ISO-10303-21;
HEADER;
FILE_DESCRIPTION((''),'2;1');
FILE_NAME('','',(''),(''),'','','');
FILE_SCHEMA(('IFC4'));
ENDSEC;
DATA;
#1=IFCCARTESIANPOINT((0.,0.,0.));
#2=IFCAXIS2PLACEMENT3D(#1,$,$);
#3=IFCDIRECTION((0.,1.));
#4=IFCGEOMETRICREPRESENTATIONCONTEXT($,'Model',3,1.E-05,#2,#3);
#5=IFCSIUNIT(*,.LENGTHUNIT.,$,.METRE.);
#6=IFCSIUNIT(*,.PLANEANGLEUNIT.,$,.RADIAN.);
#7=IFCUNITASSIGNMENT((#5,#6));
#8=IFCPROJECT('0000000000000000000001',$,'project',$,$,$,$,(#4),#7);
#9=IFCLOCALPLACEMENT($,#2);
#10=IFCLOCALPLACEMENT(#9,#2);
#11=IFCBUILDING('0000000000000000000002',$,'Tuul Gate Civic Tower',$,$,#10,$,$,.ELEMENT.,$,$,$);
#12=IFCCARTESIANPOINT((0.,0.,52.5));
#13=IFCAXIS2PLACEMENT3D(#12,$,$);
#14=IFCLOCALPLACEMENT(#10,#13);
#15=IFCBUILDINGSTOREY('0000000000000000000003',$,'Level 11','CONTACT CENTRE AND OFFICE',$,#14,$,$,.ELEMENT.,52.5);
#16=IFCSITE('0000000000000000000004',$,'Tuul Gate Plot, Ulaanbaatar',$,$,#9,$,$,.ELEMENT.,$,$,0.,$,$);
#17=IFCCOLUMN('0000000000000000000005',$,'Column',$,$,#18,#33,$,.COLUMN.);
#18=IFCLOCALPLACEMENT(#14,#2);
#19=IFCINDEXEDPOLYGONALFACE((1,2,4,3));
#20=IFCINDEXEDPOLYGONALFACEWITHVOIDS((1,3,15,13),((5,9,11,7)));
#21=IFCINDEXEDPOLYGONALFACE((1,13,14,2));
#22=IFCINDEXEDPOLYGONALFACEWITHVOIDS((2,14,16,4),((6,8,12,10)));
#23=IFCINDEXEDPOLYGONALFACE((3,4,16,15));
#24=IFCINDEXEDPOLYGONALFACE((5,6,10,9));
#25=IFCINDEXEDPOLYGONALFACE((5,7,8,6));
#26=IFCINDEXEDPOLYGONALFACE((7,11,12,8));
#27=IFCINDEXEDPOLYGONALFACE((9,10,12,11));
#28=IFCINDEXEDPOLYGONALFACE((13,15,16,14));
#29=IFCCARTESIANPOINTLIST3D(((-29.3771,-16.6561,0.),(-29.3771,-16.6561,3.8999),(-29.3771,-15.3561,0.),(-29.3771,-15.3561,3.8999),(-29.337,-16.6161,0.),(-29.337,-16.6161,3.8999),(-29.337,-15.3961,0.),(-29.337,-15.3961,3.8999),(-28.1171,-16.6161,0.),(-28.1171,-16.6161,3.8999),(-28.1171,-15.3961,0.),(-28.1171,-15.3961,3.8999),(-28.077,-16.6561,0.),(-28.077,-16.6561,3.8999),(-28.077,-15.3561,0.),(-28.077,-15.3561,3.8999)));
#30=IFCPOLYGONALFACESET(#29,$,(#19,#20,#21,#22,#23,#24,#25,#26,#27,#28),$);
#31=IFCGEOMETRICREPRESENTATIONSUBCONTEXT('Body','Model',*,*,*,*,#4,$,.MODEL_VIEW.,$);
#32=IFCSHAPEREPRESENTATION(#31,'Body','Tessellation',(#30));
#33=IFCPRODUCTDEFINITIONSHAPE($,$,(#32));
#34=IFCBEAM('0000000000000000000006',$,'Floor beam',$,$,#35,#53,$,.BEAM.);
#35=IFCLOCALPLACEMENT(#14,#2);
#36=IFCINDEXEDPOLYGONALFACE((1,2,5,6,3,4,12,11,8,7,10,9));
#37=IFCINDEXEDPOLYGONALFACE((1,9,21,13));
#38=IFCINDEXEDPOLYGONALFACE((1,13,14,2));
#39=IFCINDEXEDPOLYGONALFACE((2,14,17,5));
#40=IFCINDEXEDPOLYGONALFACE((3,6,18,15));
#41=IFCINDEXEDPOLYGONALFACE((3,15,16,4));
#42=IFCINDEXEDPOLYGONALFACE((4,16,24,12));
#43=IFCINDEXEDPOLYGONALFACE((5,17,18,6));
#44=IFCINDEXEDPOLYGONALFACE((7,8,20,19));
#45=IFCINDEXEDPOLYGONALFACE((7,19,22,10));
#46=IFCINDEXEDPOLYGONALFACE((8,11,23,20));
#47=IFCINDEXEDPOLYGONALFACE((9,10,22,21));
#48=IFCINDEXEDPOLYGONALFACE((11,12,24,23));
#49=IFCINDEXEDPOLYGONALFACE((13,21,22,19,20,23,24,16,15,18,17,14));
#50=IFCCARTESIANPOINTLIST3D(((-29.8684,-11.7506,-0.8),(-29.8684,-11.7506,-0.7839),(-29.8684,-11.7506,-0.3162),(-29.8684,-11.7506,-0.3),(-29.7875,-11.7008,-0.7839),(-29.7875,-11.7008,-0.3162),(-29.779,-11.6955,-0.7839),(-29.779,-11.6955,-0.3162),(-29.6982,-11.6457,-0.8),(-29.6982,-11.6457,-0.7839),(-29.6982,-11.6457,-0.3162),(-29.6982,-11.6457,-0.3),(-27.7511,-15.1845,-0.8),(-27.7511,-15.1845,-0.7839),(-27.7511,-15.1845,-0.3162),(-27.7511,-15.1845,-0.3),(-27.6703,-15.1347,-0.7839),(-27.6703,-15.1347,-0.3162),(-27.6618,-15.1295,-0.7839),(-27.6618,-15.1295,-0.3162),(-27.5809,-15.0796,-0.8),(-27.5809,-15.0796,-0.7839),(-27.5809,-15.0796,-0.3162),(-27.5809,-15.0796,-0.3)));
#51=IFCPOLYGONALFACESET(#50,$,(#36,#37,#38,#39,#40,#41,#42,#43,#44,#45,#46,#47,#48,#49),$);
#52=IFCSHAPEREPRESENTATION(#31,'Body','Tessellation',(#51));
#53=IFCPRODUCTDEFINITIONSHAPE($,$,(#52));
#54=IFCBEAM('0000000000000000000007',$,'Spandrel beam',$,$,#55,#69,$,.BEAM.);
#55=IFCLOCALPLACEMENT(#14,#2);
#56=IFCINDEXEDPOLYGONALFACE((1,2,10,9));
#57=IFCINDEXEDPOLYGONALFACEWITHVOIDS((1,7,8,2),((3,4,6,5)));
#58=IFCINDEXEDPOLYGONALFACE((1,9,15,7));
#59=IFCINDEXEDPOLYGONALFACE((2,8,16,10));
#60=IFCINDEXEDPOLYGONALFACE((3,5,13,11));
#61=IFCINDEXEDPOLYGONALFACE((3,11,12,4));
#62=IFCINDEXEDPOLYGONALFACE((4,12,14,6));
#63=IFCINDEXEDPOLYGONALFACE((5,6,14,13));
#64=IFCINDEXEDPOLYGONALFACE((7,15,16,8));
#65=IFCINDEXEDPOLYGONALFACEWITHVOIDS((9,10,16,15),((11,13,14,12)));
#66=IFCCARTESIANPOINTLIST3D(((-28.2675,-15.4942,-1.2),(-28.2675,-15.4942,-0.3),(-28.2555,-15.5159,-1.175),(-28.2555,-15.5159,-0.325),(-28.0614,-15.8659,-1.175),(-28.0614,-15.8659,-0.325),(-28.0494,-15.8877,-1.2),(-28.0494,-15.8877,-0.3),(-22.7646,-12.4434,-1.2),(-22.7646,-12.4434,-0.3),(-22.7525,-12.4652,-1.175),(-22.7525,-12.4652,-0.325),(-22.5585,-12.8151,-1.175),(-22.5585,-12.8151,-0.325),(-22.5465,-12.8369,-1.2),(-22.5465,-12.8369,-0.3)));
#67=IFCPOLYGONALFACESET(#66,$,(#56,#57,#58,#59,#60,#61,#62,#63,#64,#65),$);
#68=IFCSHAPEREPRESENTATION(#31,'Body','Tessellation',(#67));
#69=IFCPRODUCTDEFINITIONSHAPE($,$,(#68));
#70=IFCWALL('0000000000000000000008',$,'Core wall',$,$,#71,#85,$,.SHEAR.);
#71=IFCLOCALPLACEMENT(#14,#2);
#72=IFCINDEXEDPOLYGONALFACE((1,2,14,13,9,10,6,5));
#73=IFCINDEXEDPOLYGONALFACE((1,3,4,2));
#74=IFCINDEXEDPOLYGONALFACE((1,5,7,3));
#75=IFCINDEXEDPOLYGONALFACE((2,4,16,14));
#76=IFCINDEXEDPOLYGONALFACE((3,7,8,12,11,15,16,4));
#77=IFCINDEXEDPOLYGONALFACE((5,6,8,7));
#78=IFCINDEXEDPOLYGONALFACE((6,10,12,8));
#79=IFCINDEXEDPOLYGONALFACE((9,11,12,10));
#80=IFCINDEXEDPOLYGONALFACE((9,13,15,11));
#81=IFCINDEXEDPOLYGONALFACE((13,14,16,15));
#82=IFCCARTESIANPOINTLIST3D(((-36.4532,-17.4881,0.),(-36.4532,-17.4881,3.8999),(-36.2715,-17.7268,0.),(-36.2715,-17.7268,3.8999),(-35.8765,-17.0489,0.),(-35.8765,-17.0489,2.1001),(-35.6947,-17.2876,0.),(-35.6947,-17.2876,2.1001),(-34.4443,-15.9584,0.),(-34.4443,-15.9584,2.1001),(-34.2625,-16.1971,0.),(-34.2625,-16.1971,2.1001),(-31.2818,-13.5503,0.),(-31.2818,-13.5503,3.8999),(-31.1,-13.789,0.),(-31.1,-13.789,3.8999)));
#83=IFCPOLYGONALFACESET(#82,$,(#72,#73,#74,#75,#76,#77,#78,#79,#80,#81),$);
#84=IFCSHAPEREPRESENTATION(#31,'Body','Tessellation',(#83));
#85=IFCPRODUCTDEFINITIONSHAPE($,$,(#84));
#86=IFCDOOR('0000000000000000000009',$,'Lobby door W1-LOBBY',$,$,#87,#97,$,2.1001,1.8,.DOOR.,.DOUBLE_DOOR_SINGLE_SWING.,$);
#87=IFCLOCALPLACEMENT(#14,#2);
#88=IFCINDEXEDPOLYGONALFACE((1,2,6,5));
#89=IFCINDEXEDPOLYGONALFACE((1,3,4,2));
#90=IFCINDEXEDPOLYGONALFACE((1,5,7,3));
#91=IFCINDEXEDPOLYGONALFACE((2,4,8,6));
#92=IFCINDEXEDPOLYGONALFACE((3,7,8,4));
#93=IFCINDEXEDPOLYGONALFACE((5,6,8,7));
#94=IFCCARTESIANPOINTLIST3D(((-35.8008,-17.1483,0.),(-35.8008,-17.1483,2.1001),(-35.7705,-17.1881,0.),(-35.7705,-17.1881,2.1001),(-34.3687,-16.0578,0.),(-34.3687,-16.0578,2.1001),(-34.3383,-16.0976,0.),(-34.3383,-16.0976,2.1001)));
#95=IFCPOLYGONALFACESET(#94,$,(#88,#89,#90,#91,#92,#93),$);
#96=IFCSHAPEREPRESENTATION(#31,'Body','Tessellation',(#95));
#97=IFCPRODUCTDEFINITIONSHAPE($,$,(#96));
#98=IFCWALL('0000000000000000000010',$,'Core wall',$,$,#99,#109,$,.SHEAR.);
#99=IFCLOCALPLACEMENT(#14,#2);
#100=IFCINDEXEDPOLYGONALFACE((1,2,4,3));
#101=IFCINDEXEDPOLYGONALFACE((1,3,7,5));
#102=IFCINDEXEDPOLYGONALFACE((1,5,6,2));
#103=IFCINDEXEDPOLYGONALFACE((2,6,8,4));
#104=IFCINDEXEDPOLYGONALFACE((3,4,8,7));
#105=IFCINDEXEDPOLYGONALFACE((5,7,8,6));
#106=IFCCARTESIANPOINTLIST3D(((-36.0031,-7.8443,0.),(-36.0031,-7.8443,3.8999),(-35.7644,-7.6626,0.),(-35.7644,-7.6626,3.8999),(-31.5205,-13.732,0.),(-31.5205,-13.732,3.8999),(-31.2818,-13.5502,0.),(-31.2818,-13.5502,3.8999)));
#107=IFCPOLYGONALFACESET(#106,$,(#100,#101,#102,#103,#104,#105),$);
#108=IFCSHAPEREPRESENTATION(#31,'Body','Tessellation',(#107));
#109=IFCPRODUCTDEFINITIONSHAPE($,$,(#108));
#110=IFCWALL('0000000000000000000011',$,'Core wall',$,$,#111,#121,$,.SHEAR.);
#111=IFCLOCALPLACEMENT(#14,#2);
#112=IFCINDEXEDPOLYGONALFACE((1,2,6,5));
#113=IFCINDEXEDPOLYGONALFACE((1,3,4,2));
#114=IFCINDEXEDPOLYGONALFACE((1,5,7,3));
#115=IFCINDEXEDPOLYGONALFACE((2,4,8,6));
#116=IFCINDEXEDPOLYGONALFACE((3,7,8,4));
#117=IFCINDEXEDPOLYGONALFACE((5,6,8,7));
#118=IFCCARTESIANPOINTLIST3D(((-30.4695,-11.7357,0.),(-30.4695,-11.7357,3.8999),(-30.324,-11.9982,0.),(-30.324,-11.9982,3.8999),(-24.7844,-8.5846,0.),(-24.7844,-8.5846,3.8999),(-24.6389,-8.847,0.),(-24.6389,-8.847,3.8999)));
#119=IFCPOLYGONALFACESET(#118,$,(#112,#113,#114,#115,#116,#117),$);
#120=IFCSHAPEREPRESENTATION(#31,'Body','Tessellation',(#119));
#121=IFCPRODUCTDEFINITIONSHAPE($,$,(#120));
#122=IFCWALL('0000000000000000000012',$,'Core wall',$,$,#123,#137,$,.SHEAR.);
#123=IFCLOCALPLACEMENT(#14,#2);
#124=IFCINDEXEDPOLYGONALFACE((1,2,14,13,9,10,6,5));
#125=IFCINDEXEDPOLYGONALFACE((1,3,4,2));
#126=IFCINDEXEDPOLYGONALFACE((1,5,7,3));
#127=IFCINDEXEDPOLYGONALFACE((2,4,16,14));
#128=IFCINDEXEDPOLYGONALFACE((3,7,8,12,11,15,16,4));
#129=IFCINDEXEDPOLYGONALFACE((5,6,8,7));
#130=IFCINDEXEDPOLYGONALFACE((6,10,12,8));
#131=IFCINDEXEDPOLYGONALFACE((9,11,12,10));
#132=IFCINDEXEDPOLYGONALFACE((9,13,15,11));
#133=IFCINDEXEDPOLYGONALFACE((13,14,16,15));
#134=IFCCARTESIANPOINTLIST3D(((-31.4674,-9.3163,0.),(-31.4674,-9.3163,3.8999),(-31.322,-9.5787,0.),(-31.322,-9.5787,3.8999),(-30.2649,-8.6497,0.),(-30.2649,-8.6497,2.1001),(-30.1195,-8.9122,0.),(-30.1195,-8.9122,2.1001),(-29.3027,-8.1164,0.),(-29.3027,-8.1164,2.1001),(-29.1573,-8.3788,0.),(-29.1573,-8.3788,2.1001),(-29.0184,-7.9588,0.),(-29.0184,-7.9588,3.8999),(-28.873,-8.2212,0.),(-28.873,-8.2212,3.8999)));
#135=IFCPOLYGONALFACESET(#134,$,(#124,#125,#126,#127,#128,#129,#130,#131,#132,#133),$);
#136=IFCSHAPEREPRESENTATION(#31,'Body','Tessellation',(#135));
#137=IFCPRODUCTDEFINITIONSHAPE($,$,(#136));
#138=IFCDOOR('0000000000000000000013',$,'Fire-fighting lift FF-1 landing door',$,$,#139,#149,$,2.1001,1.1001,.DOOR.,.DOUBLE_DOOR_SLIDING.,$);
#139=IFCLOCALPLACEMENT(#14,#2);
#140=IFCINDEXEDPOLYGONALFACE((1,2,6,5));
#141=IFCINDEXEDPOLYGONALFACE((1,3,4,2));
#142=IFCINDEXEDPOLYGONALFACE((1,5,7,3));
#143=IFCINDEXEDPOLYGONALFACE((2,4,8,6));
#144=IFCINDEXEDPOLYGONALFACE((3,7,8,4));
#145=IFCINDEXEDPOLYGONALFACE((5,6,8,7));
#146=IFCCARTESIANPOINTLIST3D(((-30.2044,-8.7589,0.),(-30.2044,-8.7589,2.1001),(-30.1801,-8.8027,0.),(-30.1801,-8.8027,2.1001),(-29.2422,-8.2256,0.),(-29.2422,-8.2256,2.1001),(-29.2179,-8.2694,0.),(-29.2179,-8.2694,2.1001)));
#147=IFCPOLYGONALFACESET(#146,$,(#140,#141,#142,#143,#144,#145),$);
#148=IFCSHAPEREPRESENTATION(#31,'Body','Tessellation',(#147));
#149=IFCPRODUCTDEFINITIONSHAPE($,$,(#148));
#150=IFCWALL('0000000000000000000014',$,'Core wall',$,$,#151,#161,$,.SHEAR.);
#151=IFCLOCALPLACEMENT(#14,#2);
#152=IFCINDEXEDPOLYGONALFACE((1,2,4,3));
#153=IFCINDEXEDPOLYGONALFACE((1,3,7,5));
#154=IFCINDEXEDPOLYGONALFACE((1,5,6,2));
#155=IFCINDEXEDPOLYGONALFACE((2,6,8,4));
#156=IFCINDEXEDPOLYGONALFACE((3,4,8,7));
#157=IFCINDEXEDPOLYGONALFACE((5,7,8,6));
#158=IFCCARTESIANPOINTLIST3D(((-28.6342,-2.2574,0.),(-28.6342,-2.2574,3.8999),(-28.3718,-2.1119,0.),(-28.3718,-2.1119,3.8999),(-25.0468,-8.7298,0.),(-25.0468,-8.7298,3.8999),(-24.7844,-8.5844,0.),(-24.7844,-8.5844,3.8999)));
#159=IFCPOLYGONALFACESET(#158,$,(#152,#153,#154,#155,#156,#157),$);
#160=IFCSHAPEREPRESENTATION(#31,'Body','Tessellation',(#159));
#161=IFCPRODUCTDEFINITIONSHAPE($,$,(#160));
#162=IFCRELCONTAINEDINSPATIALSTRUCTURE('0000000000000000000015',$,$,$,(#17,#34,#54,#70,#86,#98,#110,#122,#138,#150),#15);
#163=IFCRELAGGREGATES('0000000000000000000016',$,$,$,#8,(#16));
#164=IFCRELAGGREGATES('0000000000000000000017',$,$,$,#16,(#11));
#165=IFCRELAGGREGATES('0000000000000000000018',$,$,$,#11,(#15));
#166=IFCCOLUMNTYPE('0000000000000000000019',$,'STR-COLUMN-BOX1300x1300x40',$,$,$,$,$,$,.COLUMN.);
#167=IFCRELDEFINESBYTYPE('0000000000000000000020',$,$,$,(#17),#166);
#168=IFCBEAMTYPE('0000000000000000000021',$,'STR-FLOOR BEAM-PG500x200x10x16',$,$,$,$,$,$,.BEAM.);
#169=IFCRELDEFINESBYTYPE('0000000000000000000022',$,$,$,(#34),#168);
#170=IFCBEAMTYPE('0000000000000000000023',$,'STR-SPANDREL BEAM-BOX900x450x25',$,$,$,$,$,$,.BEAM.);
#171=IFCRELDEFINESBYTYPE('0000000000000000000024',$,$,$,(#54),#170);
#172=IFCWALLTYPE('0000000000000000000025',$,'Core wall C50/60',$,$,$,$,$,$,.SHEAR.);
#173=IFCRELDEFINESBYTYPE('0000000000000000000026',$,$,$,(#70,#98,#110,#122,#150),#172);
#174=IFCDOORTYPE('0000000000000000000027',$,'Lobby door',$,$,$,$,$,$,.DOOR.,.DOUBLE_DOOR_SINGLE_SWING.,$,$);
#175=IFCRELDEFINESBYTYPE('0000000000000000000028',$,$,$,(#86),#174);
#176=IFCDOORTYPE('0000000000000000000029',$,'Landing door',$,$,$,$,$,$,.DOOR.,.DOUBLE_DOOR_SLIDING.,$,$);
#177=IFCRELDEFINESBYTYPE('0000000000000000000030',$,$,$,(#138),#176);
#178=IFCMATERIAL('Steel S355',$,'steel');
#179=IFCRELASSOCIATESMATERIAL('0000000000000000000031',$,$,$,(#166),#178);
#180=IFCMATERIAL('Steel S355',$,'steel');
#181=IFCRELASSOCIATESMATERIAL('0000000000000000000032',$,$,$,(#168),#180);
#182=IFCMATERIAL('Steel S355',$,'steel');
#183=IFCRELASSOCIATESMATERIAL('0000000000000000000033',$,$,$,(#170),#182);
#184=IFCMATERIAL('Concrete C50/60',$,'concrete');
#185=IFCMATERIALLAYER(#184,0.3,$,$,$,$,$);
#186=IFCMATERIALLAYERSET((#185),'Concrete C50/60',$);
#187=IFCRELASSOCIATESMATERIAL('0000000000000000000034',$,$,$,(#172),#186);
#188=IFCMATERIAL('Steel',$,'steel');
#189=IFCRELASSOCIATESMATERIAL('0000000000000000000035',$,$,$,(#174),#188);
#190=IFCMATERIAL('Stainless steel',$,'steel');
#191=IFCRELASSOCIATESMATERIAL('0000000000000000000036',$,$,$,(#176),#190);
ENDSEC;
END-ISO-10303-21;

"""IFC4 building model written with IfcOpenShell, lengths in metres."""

from ifc_helpers import new_model, si_unit, direction, frame, frame_2d, origin, origin_2d, place, context, subcontext, project, spatial, rectangle, hollow_rectangle, i_section, extrude, material, layer, layer_set, material_profile, profile_set, type_object, element, fill, save


model = new_model("IFC4")

# Units and contexts
model_context = context("Model", 3, precision=1e-05, world=origin(), true_north=direction((0.0, 1.0)))
body_context = subcontext(model_context, "Body", "Model", "MODEL_VIEW")
ifc_project = project(units=[si_unit("LENGTHUNIT", "METRE"), si_unit("PLANEANGLEUNIT", "RADIAN")], contexts=[model_context])

# Site, building, storey
site_placement = place(None, origin())
site = spatial("IfcSite", under=ifc_project, at=site_placement, Name="Tuul Gate Plot, Ulaanbaatar", CompositionType="ELEMENT", RefElevation=0.0)
building_placement = place(site_placement, origin())
building = spatial("IfcBuilding", under=site, at=building_placement, Name="Tuul Gate Civic Tower", CompositionType="ELEMENT")
storey_placement = place(building_placement, frame((0.0, 0.0, 52.5)))
storey = spatial("IfcBuildingStorey", under=building, at=storey_placement, Name="Level 11", Description="CONTACT CENTRE AND OFFICE", CompositionType="ELEMENT", Elevation=52.5)

# Column
ifc_material_1 = material(Name="Steel S355", Category="steel")
ifc_material_profile_1 = material_profile(ifc_material_1, hollow_rectangle(XDim=1.3, YDim=1.3, WallThickness=0.04, at=origin_2d()), Name="BOX1300x1300x40")
ifc_profile_set_1 = profile_set([ifc_material_profile_1], Name="Steel S355")
column_type = type_object("IfcColumnType", Name="STR-COLUMN-BOX1300x1300x40", PredefinedType="COLUMN", material=ifc_profile_set_1)
column_placement = place(storey_placement, frame((-28.7271, -16.0061, 0.0), z_axis=(0.0, 0.0, 1.0), x_axis=(1.0, 0.0, 0.0)))
element("IfcColumn", 1, at=column_placement, inside=storey, type_object=column_type, Name="Column", PredefinedType="COLUMN", context=body_context, shape_type="SweptSolid", body=[
    extrude(hollow_rectangle(XDim=1.3, YDim=1.3, WallThickness=0.04, at=origin_2d()), origin(), (0.0, 0.0, 1.0), 3.8999),
])

# Beams
ifc_material_2 = material(Name="Steel S355", Category="steel")
ifc_material_profile_2 = material_profile(ifc_material_2, i_section(OverallWidth=0.2, OverallDepth=0.5, WebThickness=0.01, FlangeThickness=0.0161, at=origin_2d()), Name="PG500x200x10x16")
ifc_profile_set_2 = profile_set([ifc_material_profile_2], Name="Steel S355")
beam_type_1 = type_object("IfcBeamType", Name="STR-FLOOR BEAM-PG500x200x10x16", PredefinedType="BEAM", material=ifc_profile_set_2)
beam_1_placement = place(storey_placement, frame((-27.666, -15.1321, -0.55), z_axis=(-0.524827, 0.851209, 0.0), x_axis=(-0.851209, -0.524827, 0.0)))
element("IfcBeam", 2, at=beam_1_placement, inside=storey, type_object=beam_type_1, Name="Floor beam", PredefinedType="BEAM", context=body_context, shape_type="SweptSolid", body=[
    extrude(i_section(OverallWidth=0.2, OverallDepth=0.5, WebThickness=0.01, FlangeThickness=0.0161, at=origin_2d()), origin(), (0.0, 0.0, 1.0), 4.0342),
])
ifc_material_3 = material(Name="Steel S355", Category="steel")
ifc_material_profile_3 = material_profile(ifc_material_3, hollow_rectangle(XDim=0.45, YDim=0.8999, WallThickness=0.0249, at=origin_2d()), Name="BOX900x450x25")
ifc_profile_set_3 = profile_set([ifc_material_profile_3], Name="Steel S355")
beam_type_2 = type_object("IfcBeamType", Name="STR-SPANDREL BEAM-BOX900x450x25", PredefinedType="BEAM", material=ifc_profile_set_3)
beam_2_placement = place(storey_placement, frame((-28.1584, -15.6909, -0.75), z_axis=(0.874589, 0.484865, 0.0), x_axis=(-0.484865, 0.874589, 0.0)))
element("IfcBeam", 3, at=beam_2_placement, inside=storey, type_object=beam_type_2, Name="Spandrel beam", PredefinedType="BEAM", context=body_context, shape_type="SweptSolid", body=[
    extrude(hollow_rectangle(XDim=0.45, YDim=0.8999, WallThickness=0.0249, at=origin_2d()), origin(), (0.0, 0.0, 1.0), 6.292),
])

# Wall, opening, door
ifc_material_4 = material(Name="Concrete C50/60", Category="concrete")
ifc_layer_1 = layer(ifc_material_4, 0.3)
ifc_layer_set_1 = layer_set([ifc_layer_1], Name="Concrete C50/60")
wall_type_1 = type_object("IfcWallType", Name="Core wall C50/60", PredefinedType="SHEAR", material=ifc_layer_set_1)
wall_1_placement = place(storey_placement, frame((-31.1909, -13.6697, 0.0), z_axis=(0.0, 0.0, 1.0), x_axis=(-0.795607, -0.605813, 0.0)))
wall_1 = element("IfcWall", 4, at=wall_1_placement, inside=storey, type_object=wall_type_1, Name="Core wall", PredefinedType="SHEAR", context=body_context, shape_type="SweptSolid", body=[
    extrude(rectangle(XDim=6.5, YDim=0.3, at=frame_2d((3.25, 0.0))), origin(), (0.0, 0.0, 1.0), 3.8999),
])
opening_1_placement = place(wall_1_placement, frame((3.9751, 0.0, 0.0)))
opening_1 = element("IfcOpeningElement", 5, at=opening_1_placement, cuts=wall_1, PredefinedType="OPENING", context=body_context, shape_type="SweptSolid", body=[
    extrude(rectangle(XDim=1.8, YDim=2.1001, at=frame_2d((0.8999, 1.05))), frame((0.0, 0.1602, 0.0), z_axis=(0.0, -1.0, 0.0), x_axis=(1.0, 0.0, 0.0)), (0.0, 0.0, 1.0), 0.3201),
])
ifc_material_5 = material(Name="Steel", Category="steel")
door_type_1 = type_object("IfcDoorType", Name="Lobby door", OperationType="DOUBLE_DOOR_SINGLE_SWING", PredefinedType="DOOR", material=ifc_material_5)
door_1_placement = place(opening_1_placement, origin())
door_1 = element("IfcDoor", 6, at=door_1_placement, inside=storey, type_object=door_type_1, Name="Lobby door W1-LOBBY", OperationType="DOUBLE_DOOR_SINGLE_SWING", OverallHeight=2.1001, OverallWidth=1.8, PredefinedType="DOOR", context=body_context, shape_type="SweptSolid", body=[
    extrude(rectangle(XDim=1.8, YDim=2.1001, at=frame_2d((0.8999, 1.05))), frame((0.0, 0.0249, 0.0), z_axis=(0.0, -1.0, 0.0), x_axis=(1.0, 0.0, 0.0)), (0.0, 0.0, 1.0), 0.05),
])
fill(opening_1, door_1)

# Walls
wall_2_placement = place(storey_placement, frame((-31.4011, -13.6411, 0.0), z_axis=(0.0, 0.0, 1.0), x_axis=(-0.60577, 0.79564, 0.0)))
element("IfcWall", 7, at=wall_2_placement, inside=storey, type_object=wall_type_1, Name="Core wall", PredefinedType="SHEAR", context=body_context, shape_type="SweptSolid", body=[
    extrude(rectangle(XDim=7.3999, YDim=0.3, at=frame_2d((3.7, 0.0))), origin(), (0.0, 0.0, 1.0), 3.8999),
])
wall_3_placement = place(storey_placement, frame((-24.7117, -8.7158, 0.0), z_axis=(0.0, 0.0, 1.0), x_axis=(-0.87463, -0.484791, 0.0)))
element("IfcWall", 8, at=wall_3_placement, inside=storey, type_object=wall_type_1, Name="Core wall", PredefinedType="SHEAR", context=body_context, shape_type="SweptSolid", body=[
    extrude(rectangle(XDim=6.5, YDim=0.3, at=frame_2d((3.25, 0.0))), origin(), (0.0, 0.0, 1.0), 3.8999),
])

# Wall, opening, door
wall_4_placement = place(storey_placement, frame((-28.9458, -8.0901, 0.0), z_axis=(0.0, 0.0, 1.0), x_axis=(-0.87463, -0.484791, 0.0)))
wall_4 = element("IfcWall", 9, at=wall_4_placement, inside=storey, type_object=wall_type_1, Name="Core wall", PredefinedType="SHEAR", context=body_context, shape_type="SweptSolid", body=[
    extrude(rectangle(XDim=2.8, YDim=0.3, at=frame_2d((1.3999, 0.0))), origin(), (0.0, 0.0, 1.0), 3.8999),
])
opening_2_placement = place(wall_4_placement, frame((0.325, 0.0, 0.0)))
opening_2 = element("IfcOpeningElement", 10, at=opening_2_placement, cuts=wall_4, PredefinedType="OPENING", context=body_context, shape_type="SweptSolid", body=[
    extrude(rectangle(XDim=1.1001, YDim=2.1001, at=frame_2d((0.55, 1.05))), frame((0.0, 0.1602, 0.0), z_axis=(0.0, -1.0, 0.0), x_axis=(1.0, 0.0, 0.0)), (0.0, 0.0, 1.0), 0.3201),
])
ifc_material_6 = material(Name="Stainless steel", Category="steel")
door_type_2 = type_object("IfcDoorType", Name="Landing door", OperationType="DOUBLE_DOOR_SLIDING", PredefinedType="DOOR", material=ifc_material_6)
door_2_placement = place(opening_2_placement, origin())
door_2 = element("IfcDoor", 11, at=door_2_placement, inside=storey, type_object=door_type_2, Name="Fire-fighting lift FF-1 landing door", OperationType="DOUBLE_DOOR_SLIDING", OverallHeight=2.1001, OverallWidth=1.1001, PredefinedType="DOOR", context=body_context, shape_type="SweptSolid", body=[
    extrude(rectangle(XDim=1.1001, YDim=2.1001, at=frame_2d((0.55, 1.05))), frame((0.0, 0.0249, 0.0), z_axis=(0.0, -1.0, 0.0), x_axis=(1.0, 0.0, 0.0)), (0.0, 0.0, 1.0), 0.05),
])
fill(opening_2, door_2)

# Wall
wall_5_placement = place(storey_placement, frame((-24.9155, -8.6572, 0.0), z_axis=(0.0, 0.0, 1.0), x_axis=(-0.484777, 0.874638, 0.0)))
element("IfcWall", 12, at=wall_5_placement, inside=storey, type_object=wall_type_1, Name="Core wall", PredefinedType="SHEAR", context=body_context, shape_type="SweptSolid", body=[
    extrude(rectangle(XDim=7.4001, YDim=0.3, at=frame_2d((3.7002, 0.0))), origin(), (0.0, 0.0, 1.0), 3.8999),
])

save(model, "model.ifc")
